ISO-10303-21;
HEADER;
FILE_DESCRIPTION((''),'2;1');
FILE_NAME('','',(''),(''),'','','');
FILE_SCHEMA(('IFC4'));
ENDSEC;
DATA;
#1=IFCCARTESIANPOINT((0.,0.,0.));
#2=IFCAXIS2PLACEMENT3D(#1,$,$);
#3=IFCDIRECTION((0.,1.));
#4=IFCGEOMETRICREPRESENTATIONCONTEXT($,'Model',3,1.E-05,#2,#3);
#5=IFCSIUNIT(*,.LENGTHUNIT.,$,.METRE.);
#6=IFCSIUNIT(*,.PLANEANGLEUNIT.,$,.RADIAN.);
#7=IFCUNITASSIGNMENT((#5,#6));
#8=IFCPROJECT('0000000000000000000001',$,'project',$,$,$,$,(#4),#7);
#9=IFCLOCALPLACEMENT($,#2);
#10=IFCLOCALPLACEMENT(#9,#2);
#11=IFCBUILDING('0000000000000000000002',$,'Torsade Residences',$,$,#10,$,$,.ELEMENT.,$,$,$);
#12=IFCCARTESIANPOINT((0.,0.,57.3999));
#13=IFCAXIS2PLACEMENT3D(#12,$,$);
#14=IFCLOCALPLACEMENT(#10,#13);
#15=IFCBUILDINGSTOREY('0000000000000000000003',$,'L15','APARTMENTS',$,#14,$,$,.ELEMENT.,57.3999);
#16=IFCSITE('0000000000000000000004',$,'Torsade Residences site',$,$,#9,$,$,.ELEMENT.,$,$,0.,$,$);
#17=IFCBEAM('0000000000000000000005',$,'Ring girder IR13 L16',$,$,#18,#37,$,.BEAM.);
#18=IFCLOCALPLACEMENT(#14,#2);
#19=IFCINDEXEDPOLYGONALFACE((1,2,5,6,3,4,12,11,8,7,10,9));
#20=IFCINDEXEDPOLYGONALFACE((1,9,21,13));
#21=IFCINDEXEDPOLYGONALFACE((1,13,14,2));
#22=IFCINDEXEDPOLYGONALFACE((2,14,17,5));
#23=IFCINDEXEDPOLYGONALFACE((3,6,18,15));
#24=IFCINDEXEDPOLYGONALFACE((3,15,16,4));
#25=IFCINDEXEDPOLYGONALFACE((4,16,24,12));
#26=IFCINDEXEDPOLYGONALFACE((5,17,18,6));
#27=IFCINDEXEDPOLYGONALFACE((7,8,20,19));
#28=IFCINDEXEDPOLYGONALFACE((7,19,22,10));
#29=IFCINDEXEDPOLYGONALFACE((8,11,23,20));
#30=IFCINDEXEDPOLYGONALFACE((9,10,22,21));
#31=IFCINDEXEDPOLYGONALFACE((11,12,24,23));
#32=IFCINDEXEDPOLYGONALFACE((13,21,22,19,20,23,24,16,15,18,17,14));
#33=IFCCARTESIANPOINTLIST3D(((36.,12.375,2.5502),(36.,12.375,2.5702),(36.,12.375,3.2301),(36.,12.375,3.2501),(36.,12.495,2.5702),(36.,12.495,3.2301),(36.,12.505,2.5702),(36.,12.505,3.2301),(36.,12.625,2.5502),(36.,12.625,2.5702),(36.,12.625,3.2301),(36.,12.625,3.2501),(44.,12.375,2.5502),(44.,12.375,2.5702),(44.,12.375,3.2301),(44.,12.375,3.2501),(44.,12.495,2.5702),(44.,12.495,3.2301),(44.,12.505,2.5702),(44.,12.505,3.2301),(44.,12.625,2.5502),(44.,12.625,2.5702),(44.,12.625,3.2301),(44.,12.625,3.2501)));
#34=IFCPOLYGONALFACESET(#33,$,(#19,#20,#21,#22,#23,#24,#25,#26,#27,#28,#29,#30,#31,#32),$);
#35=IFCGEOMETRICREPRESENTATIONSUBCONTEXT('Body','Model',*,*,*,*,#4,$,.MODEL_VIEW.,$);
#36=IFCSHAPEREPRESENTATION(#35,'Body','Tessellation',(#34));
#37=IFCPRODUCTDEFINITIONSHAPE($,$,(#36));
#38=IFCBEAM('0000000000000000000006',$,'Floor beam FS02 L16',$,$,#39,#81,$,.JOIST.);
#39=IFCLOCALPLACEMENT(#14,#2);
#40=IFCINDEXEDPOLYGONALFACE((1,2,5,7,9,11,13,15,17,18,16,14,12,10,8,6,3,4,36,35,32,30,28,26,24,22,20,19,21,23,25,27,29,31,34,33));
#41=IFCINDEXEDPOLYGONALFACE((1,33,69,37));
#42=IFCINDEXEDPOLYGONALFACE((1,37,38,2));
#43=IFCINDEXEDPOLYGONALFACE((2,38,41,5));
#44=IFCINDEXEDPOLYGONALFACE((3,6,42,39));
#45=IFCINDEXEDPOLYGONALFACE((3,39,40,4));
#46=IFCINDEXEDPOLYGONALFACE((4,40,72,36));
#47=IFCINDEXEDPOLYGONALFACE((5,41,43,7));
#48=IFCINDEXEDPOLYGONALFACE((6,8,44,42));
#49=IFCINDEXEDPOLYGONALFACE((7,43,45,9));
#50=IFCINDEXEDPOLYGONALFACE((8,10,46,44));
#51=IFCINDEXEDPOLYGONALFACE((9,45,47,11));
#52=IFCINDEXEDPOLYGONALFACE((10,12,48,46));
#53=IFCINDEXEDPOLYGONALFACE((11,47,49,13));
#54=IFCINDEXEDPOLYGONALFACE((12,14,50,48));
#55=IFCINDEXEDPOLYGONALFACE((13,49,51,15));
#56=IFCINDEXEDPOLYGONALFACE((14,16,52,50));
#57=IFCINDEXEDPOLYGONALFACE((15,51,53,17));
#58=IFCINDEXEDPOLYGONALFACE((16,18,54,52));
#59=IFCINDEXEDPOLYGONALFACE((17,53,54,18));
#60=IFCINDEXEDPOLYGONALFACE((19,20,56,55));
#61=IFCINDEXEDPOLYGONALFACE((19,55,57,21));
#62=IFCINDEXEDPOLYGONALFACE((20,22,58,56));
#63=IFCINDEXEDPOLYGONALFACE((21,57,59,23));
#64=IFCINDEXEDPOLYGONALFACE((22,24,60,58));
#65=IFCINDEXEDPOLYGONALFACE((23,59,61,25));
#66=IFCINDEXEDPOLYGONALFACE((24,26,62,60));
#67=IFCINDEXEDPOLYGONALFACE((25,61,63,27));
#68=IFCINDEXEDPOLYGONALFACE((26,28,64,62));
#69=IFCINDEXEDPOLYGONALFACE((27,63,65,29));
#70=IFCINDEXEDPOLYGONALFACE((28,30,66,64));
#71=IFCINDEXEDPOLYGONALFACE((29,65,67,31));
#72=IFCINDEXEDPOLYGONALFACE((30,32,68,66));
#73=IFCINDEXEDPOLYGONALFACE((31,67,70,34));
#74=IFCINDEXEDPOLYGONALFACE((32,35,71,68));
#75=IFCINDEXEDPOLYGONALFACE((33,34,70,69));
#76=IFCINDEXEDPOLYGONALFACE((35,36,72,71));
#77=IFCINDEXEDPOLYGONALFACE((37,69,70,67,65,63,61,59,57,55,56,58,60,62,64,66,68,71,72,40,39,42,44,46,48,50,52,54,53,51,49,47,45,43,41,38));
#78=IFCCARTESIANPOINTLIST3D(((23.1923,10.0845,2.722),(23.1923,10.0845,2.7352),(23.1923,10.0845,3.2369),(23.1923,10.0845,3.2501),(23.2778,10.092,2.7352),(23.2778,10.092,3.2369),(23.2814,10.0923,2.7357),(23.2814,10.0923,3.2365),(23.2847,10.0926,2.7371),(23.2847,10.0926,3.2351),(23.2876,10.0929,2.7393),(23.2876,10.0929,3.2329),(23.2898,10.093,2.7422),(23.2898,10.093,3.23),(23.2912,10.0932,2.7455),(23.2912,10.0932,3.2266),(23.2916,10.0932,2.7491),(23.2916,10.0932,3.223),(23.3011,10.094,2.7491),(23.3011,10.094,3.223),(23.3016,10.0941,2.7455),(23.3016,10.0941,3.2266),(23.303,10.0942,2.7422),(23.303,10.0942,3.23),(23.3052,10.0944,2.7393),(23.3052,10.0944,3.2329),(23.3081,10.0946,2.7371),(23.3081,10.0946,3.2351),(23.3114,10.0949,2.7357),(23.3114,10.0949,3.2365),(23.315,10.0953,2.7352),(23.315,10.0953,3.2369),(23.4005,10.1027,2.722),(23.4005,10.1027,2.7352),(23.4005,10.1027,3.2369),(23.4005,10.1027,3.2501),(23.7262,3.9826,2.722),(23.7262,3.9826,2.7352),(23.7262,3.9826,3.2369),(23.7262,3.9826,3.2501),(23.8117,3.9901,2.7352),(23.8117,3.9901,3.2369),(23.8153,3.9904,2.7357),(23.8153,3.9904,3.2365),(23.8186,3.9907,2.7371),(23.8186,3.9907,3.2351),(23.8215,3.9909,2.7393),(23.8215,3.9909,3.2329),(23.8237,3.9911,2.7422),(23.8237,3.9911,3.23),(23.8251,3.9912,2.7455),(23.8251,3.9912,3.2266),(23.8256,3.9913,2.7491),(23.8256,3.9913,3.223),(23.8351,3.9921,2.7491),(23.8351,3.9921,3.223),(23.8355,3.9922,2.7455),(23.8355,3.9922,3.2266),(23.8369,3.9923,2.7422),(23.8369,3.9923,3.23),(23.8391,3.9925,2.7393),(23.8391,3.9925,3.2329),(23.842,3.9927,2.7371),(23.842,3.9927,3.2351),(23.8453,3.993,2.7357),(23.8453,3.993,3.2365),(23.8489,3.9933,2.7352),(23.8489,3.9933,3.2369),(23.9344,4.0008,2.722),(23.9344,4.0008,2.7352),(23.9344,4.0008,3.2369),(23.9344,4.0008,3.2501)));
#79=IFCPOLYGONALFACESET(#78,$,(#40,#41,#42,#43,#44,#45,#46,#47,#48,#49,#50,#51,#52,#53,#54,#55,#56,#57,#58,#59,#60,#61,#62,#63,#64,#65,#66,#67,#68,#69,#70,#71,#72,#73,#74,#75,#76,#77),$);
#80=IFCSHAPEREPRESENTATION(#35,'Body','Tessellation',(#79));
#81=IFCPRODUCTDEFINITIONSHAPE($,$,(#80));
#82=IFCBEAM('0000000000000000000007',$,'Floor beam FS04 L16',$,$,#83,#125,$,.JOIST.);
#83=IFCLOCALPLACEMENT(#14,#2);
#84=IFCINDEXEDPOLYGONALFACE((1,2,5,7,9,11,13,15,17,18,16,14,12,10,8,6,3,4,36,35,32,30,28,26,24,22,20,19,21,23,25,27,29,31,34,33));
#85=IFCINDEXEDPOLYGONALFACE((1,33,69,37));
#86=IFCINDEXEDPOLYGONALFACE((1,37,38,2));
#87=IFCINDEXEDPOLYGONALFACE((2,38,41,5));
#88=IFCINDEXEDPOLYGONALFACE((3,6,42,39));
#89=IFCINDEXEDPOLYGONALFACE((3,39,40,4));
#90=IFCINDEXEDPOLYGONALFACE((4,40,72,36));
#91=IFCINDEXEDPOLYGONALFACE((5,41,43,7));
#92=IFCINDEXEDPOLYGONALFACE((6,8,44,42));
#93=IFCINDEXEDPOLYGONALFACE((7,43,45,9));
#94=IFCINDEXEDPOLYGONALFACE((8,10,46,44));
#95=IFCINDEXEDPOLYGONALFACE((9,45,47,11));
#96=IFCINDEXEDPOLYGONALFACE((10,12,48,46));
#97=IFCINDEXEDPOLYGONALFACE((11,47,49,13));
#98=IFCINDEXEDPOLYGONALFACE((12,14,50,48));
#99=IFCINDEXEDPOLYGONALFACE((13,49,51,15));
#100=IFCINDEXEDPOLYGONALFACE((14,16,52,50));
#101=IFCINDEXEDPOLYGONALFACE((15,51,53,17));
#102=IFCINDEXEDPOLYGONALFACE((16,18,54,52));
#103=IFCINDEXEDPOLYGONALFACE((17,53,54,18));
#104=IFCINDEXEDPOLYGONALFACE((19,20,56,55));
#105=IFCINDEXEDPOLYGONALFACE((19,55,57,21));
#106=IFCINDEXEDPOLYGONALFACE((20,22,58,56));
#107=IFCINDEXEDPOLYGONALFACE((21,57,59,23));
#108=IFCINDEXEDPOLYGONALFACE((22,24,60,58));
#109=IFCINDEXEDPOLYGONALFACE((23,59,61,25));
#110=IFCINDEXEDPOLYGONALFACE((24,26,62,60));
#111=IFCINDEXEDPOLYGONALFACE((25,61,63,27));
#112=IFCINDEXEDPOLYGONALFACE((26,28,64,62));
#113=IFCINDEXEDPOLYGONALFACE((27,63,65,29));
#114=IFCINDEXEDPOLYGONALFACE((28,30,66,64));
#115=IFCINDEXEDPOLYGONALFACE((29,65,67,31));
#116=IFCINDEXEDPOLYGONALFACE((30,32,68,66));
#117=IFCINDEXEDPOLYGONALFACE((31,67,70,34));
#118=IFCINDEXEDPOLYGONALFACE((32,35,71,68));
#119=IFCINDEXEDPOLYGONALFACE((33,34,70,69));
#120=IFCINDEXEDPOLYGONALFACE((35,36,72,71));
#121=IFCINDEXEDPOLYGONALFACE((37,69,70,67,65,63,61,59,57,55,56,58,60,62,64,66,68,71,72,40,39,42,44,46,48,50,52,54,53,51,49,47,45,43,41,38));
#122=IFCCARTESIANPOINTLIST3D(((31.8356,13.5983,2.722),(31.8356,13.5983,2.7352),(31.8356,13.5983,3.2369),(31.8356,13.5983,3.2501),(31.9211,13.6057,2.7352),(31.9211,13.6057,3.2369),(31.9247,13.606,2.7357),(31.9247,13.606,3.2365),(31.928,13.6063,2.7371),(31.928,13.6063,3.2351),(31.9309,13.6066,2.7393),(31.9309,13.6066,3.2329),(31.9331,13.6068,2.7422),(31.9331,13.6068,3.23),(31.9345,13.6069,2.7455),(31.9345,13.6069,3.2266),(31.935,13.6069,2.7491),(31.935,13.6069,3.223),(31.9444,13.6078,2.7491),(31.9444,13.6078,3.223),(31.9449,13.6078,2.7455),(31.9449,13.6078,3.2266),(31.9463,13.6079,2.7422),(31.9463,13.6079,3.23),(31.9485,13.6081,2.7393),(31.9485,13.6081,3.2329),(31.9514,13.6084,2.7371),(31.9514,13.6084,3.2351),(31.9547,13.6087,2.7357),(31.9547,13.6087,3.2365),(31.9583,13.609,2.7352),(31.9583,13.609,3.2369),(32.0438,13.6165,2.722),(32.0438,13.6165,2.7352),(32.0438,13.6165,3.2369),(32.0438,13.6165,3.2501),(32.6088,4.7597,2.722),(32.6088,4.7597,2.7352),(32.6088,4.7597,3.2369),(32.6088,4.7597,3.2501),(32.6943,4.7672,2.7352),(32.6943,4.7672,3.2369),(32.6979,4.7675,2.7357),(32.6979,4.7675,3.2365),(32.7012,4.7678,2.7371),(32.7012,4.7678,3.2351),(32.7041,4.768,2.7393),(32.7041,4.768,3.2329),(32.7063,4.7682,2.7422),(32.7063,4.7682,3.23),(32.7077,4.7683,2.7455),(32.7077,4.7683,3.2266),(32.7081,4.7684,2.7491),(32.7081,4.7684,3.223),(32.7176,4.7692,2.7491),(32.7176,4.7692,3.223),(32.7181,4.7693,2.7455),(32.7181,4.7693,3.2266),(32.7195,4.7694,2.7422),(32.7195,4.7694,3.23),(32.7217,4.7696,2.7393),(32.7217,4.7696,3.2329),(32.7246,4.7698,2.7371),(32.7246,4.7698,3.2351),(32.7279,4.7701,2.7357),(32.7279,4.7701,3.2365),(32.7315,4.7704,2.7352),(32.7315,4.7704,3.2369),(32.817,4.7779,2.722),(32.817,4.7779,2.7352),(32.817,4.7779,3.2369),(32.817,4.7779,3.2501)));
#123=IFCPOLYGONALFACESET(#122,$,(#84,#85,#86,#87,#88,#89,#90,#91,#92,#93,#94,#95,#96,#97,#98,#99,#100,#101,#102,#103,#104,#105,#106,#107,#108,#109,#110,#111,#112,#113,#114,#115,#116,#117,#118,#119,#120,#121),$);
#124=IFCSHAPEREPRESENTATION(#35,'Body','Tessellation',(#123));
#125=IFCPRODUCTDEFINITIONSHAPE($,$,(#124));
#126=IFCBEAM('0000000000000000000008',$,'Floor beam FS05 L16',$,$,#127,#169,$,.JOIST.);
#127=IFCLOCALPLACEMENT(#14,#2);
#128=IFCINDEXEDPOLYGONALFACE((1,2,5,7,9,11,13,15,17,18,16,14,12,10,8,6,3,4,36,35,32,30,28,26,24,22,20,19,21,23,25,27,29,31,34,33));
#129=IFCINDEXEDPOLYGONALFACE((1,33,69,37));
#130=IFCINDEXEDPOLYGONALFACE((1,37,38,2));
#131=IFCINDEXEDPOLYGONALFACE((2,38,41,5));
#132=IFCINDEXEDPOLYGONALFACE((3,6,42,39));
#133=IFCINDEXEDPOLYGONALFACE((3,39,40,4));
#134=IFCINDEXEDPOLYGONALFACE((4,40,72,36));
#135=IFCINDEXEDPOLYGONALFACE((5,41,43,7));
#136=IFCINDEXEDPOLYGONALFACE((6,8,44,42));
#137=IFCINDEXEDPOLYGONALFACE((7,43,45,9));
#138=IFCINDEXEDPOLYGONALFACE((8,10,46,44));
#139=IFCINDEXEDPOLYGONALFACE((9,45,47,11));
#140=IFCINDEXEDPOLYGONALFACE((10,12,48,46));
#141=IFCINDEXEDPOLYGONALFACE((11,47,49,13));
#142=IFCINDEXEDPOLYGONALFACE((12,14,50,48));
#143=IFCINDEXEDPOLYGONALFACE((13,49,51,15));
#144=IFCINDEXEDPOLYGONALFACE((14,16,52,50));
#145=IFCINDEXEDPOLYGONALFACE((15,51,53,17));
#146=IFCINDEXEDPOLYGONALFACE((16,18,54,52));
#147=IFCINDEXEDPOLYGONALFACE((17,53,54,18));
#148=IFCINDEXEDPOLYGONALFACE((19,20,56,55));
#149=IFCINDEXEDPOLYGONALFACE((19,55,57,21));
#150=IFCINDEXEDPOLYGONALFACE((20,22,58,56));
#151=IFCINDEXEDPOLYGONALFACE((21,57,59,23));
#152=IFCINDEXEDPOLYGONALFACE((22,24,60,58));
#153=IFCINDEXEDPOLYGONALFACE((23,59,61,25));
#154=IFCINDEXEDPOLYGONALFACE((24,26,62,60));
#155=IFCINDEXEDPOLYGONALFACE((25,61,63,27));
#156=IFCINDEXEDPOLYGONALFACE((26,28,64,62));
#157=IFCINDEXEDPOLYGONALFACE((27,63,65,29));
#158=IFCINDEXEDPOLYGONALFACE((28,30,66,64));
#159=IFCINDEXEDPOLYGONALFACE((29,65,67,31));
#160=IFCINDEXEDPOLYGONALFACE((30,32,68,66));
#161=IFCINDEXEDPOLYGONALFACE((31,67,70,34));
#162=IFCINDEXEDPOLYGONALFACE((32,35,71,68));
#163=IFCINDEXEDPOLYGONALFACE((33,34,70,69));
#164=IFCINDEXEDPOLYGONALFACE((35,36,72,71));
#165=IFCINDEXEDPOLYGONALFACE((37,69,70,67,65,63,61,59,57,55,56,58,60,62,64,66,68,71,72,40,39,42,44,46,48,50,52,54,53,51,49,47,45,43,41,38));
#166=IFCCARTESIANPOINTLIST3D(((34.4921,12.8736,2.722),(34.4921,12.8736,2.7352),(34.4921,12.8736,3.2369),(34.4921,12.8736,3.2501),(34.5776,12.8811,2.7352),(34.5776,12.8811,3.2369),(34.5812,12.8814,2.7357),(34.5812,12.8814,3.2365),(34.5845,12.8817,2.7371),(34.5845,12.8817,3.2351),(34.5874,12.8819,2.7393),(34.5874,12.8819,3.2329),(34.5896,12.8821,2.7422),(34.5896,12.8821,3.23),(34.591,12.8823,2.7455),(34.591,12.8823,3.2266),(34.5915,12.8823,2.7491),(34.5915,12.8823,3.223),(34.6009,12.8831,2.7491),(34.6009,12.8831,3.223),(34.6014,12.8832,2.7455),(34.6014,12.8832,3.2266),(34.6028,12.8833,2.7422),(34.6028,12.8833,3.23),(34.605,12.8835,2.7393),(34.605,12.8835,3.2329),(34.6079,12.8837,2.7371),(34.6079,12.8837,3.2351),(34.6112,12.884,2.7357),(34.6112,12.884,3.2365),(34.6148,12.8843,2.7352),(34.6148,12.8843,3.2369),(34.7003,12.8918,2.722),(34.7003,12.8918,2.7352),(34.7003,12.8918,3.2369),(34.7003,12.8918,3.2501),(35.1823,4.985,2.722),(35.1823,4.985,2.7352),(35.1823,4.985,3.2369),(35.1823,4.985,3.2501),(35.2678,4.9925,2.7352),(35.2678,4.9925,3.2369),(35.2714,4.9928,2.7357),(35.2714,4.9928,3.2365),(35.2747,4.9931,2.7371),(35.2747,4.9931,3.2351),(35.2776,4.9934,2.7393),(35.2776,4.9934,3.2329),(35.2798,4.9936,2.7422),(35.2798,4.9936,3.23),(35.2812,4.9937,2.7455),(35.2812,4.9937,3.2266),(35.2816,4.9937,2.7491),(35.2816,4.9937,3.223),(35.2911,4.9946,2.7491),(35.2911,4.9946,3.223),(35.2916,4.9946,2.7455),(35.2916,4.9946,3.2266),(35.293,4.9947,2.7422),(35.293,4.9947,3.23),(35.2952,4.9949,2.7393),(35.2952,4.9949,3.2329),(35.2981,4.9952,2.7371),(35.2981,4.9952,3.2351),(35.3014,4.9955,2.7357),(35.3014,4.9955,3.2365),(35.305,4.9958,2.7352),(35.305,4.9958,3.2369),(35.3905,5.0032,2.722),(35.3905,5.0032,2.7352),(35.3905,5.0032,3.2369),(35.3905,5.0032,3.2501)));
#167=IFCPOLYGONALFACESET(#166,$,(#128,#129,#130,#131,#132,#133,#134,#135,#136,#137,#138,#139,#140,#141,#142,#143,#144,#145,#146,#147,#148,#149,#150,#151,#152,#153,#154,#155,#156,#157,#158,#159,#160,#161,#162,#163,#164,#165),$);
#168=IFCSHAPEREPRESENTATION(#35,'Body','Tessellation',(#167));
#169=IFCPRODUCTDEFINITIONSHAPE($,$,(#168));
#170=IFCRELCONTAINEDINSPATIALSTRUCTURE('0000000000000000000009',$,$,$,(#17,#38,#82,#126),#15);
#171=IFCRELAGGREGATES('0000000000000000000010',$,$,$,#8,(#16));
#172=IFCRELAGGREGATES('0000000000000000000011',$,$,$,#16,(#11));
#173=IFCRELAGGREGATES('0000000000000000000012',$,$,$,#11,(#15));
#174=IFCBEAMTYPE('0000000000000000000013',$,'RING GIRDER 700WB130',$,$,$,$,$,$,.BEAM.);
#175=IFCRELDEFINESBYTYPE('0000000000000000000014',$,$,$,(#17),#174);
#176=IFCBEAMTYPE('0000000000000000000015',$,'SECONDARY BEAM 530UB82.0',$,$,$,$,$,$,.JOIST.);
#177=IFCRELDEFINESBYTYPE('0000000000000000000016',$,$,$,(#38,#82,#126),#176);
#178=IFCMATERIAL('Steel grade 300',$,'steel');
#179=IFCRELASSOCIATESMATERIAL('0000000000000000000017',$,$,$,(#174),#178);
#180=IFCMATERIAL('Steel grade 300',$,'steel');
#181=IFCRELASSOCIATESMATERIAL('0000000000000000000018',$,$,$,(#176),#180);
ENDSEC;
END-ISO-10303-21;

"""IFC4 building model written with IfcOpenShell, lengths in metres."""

from ifc_helpers import new_model, si_unit, direction, frame, origin, origin_2d, place, context, subcontext, project, spatial, i_section, extrude, material, material_profile, profile_set, type_object, element, save


model = new_model("IFC4")

# Units and contexts
model_context = context("Model", 3, precision=1e-05, world=origin(), true_north=direction((0.0, 1.0)))
body_context = subcontext(model_context, "Body", "Model", "MODEL_VIEW")
ifc_project = project(units=[si_unit("LENGTHUNIT", "METRE"), si_unit("PLANEANGLEUNIT", "RADIAN")], contexts=[model_context])

# Site, building, storey
site_placement = place(None, origin())
site = spatial("IfcSite", under=ifc_project, at=site_placement, Name="Torsade Residences site", CompositionType="ELEMENT", RefElevation=0.0)
building_placement = place(site_placement, origin())
building = spatial("IfcBuilding", under=site, at=building_placement, Name="Torsade Residences", CompositionType="ELEMENT")
storey_placement = place(building_placement, frame((0.0, 0.0, 57.3999)))
storey = spatial("IfcBuildingStorey", under=building, at=storey_placement, Name="L15", Description="APARTMENTS", CompositionType="ELEMENT", Elevation=57.3999)

# Beams
ifc_material_1 = material(Name="Steel grade 300", Category="steel")
ifc_material_profile_1 = material_profile(ifc_material_1, i_section(OverallWidth=0.25, OverallDepth=0.7, WebThickness=0.01, FlangeThickness=0.02, at=origin_2d()), Name="700WB130")
ifc_profile_set_1 = profile_set([ifc_material_profile_1], Name="Steel grade 300")
beam_type_1 = type_object("IfcBeamType", Name="RING GIRDER 700WB130", PredefinedType="BEAM", material=ifc_profile_set_1)
beam_1_placement = place(storey_placement, frame((36.0, 12.5, 2.9001), z_axis=(1.0, 0.0, 0.0), x_axis=(0.0, 1.0, 0.0)))
element("IfcBeam", 1, at=beam_1_placement, inside=storey, type_object=beam_type_1, Name="Ring girder IR13 L16", PredefinedType="BEAM", context=body_context, shape_type="SweptSolid", body=[
    extrude(i_section(OverallWidth=0.25, OverallDepth=0.7, WebThickness=0.01, FlangeThickness=0.02, at=origin_2d()), origin(), (0.0, 0.0, 1.0), 8.0),
])
ifc_material_2 = material(Name="Steel grade 300", Category="steel")
ifc_material_profile_2 = material_profile(ifc_material_2, i_section(OverallWidth=0.209, OverallDepth=0.5281, WebThickness=0.0095, FlangeThickness=0.0132, FilletRadius=0.0139, at=origin_2d()), Name="530UB82.0")
ifc_profile_set_2 = profile_set([ifc_material_profile_2], Name="Steel grade 300")
beam_type_2 = type_object("IfcBeamType", Name="SECONDARY BEAM 530UB82.0", PredefinedType="JOIST", material=ifc_profile_set_2)
beam_2_placement = place(storey_placement, frame((23.8303, 3.9917, 2.9861), z_axis=(-0.087171, 0.996193, 0.0), x_axis=(-0.996193, -0.087171, 0.0)))
element("IfcBeam", 2, at=beam_2_placement, inside=storey, type_object=beam_type_2, Name="Floor beam FS02 L16", PredefinedType="JOIST", context=body_context, shape_type="SweptSolid", body=[
    extrude(i_section(OverallWidth=0.209, OverallDepth=0.5281, WebThickness=0.0095, FlangeThickness=0.0132, FilletRadius=0.0139, at=origin_2d()), origin(), (0.0, 0.0, 1.0), 6.1252),
])
beam_3_placement = place(storey_placement, frame((32.7129, 4.7688, 2.9861), z_axis=(-0.087146, 0.996196, 0.0), x_axis=(-0.996196, -0.087146, 0.0)))
element("IfcBeam", 3, at=beam_3_placement, inside=storey, type_object=beam_type_2, Name="Floor beam FS04 L16", PredefinedType="JOIST", context=body_context, shape_type="SweptSolid", body=[
    extrude(i_section(OverallWidth=0.209, OverallDepth=0.5281, WebThickness=0.0095, FlangeThickness=0.0132, FilletRadius=0.0139, at=origin_2d()), origin(), (0.0, 0.0, 1.0), 8.8723),
])
beam_4_placement = place(storey_placement, frame((35.2864, 4.9941, 2.9861), z_axis=(-0.087158, 0.996195, 0.0), x_axis=(-0.996195, -0.087158, 0.0)))
element("IfcBeam", 4, at=beam_4_placement, inside=storey, type_object=beam_type_2, Name="Floor beam FS05 L16", PredefinedType="JOIST", context=body_context, shape_type="SweptSolid", body=[
    extrude(i_section(OverallWidth=0.209, OverallDepth=0.5281, WebThickness=0.0095, FlangeThickness=0.0132, FilletRadius=0.0139, at=origin_2d()), origin(), (0.0, 0.0, 1.0), 7.9187),
])

save(model, "model.ifc")
